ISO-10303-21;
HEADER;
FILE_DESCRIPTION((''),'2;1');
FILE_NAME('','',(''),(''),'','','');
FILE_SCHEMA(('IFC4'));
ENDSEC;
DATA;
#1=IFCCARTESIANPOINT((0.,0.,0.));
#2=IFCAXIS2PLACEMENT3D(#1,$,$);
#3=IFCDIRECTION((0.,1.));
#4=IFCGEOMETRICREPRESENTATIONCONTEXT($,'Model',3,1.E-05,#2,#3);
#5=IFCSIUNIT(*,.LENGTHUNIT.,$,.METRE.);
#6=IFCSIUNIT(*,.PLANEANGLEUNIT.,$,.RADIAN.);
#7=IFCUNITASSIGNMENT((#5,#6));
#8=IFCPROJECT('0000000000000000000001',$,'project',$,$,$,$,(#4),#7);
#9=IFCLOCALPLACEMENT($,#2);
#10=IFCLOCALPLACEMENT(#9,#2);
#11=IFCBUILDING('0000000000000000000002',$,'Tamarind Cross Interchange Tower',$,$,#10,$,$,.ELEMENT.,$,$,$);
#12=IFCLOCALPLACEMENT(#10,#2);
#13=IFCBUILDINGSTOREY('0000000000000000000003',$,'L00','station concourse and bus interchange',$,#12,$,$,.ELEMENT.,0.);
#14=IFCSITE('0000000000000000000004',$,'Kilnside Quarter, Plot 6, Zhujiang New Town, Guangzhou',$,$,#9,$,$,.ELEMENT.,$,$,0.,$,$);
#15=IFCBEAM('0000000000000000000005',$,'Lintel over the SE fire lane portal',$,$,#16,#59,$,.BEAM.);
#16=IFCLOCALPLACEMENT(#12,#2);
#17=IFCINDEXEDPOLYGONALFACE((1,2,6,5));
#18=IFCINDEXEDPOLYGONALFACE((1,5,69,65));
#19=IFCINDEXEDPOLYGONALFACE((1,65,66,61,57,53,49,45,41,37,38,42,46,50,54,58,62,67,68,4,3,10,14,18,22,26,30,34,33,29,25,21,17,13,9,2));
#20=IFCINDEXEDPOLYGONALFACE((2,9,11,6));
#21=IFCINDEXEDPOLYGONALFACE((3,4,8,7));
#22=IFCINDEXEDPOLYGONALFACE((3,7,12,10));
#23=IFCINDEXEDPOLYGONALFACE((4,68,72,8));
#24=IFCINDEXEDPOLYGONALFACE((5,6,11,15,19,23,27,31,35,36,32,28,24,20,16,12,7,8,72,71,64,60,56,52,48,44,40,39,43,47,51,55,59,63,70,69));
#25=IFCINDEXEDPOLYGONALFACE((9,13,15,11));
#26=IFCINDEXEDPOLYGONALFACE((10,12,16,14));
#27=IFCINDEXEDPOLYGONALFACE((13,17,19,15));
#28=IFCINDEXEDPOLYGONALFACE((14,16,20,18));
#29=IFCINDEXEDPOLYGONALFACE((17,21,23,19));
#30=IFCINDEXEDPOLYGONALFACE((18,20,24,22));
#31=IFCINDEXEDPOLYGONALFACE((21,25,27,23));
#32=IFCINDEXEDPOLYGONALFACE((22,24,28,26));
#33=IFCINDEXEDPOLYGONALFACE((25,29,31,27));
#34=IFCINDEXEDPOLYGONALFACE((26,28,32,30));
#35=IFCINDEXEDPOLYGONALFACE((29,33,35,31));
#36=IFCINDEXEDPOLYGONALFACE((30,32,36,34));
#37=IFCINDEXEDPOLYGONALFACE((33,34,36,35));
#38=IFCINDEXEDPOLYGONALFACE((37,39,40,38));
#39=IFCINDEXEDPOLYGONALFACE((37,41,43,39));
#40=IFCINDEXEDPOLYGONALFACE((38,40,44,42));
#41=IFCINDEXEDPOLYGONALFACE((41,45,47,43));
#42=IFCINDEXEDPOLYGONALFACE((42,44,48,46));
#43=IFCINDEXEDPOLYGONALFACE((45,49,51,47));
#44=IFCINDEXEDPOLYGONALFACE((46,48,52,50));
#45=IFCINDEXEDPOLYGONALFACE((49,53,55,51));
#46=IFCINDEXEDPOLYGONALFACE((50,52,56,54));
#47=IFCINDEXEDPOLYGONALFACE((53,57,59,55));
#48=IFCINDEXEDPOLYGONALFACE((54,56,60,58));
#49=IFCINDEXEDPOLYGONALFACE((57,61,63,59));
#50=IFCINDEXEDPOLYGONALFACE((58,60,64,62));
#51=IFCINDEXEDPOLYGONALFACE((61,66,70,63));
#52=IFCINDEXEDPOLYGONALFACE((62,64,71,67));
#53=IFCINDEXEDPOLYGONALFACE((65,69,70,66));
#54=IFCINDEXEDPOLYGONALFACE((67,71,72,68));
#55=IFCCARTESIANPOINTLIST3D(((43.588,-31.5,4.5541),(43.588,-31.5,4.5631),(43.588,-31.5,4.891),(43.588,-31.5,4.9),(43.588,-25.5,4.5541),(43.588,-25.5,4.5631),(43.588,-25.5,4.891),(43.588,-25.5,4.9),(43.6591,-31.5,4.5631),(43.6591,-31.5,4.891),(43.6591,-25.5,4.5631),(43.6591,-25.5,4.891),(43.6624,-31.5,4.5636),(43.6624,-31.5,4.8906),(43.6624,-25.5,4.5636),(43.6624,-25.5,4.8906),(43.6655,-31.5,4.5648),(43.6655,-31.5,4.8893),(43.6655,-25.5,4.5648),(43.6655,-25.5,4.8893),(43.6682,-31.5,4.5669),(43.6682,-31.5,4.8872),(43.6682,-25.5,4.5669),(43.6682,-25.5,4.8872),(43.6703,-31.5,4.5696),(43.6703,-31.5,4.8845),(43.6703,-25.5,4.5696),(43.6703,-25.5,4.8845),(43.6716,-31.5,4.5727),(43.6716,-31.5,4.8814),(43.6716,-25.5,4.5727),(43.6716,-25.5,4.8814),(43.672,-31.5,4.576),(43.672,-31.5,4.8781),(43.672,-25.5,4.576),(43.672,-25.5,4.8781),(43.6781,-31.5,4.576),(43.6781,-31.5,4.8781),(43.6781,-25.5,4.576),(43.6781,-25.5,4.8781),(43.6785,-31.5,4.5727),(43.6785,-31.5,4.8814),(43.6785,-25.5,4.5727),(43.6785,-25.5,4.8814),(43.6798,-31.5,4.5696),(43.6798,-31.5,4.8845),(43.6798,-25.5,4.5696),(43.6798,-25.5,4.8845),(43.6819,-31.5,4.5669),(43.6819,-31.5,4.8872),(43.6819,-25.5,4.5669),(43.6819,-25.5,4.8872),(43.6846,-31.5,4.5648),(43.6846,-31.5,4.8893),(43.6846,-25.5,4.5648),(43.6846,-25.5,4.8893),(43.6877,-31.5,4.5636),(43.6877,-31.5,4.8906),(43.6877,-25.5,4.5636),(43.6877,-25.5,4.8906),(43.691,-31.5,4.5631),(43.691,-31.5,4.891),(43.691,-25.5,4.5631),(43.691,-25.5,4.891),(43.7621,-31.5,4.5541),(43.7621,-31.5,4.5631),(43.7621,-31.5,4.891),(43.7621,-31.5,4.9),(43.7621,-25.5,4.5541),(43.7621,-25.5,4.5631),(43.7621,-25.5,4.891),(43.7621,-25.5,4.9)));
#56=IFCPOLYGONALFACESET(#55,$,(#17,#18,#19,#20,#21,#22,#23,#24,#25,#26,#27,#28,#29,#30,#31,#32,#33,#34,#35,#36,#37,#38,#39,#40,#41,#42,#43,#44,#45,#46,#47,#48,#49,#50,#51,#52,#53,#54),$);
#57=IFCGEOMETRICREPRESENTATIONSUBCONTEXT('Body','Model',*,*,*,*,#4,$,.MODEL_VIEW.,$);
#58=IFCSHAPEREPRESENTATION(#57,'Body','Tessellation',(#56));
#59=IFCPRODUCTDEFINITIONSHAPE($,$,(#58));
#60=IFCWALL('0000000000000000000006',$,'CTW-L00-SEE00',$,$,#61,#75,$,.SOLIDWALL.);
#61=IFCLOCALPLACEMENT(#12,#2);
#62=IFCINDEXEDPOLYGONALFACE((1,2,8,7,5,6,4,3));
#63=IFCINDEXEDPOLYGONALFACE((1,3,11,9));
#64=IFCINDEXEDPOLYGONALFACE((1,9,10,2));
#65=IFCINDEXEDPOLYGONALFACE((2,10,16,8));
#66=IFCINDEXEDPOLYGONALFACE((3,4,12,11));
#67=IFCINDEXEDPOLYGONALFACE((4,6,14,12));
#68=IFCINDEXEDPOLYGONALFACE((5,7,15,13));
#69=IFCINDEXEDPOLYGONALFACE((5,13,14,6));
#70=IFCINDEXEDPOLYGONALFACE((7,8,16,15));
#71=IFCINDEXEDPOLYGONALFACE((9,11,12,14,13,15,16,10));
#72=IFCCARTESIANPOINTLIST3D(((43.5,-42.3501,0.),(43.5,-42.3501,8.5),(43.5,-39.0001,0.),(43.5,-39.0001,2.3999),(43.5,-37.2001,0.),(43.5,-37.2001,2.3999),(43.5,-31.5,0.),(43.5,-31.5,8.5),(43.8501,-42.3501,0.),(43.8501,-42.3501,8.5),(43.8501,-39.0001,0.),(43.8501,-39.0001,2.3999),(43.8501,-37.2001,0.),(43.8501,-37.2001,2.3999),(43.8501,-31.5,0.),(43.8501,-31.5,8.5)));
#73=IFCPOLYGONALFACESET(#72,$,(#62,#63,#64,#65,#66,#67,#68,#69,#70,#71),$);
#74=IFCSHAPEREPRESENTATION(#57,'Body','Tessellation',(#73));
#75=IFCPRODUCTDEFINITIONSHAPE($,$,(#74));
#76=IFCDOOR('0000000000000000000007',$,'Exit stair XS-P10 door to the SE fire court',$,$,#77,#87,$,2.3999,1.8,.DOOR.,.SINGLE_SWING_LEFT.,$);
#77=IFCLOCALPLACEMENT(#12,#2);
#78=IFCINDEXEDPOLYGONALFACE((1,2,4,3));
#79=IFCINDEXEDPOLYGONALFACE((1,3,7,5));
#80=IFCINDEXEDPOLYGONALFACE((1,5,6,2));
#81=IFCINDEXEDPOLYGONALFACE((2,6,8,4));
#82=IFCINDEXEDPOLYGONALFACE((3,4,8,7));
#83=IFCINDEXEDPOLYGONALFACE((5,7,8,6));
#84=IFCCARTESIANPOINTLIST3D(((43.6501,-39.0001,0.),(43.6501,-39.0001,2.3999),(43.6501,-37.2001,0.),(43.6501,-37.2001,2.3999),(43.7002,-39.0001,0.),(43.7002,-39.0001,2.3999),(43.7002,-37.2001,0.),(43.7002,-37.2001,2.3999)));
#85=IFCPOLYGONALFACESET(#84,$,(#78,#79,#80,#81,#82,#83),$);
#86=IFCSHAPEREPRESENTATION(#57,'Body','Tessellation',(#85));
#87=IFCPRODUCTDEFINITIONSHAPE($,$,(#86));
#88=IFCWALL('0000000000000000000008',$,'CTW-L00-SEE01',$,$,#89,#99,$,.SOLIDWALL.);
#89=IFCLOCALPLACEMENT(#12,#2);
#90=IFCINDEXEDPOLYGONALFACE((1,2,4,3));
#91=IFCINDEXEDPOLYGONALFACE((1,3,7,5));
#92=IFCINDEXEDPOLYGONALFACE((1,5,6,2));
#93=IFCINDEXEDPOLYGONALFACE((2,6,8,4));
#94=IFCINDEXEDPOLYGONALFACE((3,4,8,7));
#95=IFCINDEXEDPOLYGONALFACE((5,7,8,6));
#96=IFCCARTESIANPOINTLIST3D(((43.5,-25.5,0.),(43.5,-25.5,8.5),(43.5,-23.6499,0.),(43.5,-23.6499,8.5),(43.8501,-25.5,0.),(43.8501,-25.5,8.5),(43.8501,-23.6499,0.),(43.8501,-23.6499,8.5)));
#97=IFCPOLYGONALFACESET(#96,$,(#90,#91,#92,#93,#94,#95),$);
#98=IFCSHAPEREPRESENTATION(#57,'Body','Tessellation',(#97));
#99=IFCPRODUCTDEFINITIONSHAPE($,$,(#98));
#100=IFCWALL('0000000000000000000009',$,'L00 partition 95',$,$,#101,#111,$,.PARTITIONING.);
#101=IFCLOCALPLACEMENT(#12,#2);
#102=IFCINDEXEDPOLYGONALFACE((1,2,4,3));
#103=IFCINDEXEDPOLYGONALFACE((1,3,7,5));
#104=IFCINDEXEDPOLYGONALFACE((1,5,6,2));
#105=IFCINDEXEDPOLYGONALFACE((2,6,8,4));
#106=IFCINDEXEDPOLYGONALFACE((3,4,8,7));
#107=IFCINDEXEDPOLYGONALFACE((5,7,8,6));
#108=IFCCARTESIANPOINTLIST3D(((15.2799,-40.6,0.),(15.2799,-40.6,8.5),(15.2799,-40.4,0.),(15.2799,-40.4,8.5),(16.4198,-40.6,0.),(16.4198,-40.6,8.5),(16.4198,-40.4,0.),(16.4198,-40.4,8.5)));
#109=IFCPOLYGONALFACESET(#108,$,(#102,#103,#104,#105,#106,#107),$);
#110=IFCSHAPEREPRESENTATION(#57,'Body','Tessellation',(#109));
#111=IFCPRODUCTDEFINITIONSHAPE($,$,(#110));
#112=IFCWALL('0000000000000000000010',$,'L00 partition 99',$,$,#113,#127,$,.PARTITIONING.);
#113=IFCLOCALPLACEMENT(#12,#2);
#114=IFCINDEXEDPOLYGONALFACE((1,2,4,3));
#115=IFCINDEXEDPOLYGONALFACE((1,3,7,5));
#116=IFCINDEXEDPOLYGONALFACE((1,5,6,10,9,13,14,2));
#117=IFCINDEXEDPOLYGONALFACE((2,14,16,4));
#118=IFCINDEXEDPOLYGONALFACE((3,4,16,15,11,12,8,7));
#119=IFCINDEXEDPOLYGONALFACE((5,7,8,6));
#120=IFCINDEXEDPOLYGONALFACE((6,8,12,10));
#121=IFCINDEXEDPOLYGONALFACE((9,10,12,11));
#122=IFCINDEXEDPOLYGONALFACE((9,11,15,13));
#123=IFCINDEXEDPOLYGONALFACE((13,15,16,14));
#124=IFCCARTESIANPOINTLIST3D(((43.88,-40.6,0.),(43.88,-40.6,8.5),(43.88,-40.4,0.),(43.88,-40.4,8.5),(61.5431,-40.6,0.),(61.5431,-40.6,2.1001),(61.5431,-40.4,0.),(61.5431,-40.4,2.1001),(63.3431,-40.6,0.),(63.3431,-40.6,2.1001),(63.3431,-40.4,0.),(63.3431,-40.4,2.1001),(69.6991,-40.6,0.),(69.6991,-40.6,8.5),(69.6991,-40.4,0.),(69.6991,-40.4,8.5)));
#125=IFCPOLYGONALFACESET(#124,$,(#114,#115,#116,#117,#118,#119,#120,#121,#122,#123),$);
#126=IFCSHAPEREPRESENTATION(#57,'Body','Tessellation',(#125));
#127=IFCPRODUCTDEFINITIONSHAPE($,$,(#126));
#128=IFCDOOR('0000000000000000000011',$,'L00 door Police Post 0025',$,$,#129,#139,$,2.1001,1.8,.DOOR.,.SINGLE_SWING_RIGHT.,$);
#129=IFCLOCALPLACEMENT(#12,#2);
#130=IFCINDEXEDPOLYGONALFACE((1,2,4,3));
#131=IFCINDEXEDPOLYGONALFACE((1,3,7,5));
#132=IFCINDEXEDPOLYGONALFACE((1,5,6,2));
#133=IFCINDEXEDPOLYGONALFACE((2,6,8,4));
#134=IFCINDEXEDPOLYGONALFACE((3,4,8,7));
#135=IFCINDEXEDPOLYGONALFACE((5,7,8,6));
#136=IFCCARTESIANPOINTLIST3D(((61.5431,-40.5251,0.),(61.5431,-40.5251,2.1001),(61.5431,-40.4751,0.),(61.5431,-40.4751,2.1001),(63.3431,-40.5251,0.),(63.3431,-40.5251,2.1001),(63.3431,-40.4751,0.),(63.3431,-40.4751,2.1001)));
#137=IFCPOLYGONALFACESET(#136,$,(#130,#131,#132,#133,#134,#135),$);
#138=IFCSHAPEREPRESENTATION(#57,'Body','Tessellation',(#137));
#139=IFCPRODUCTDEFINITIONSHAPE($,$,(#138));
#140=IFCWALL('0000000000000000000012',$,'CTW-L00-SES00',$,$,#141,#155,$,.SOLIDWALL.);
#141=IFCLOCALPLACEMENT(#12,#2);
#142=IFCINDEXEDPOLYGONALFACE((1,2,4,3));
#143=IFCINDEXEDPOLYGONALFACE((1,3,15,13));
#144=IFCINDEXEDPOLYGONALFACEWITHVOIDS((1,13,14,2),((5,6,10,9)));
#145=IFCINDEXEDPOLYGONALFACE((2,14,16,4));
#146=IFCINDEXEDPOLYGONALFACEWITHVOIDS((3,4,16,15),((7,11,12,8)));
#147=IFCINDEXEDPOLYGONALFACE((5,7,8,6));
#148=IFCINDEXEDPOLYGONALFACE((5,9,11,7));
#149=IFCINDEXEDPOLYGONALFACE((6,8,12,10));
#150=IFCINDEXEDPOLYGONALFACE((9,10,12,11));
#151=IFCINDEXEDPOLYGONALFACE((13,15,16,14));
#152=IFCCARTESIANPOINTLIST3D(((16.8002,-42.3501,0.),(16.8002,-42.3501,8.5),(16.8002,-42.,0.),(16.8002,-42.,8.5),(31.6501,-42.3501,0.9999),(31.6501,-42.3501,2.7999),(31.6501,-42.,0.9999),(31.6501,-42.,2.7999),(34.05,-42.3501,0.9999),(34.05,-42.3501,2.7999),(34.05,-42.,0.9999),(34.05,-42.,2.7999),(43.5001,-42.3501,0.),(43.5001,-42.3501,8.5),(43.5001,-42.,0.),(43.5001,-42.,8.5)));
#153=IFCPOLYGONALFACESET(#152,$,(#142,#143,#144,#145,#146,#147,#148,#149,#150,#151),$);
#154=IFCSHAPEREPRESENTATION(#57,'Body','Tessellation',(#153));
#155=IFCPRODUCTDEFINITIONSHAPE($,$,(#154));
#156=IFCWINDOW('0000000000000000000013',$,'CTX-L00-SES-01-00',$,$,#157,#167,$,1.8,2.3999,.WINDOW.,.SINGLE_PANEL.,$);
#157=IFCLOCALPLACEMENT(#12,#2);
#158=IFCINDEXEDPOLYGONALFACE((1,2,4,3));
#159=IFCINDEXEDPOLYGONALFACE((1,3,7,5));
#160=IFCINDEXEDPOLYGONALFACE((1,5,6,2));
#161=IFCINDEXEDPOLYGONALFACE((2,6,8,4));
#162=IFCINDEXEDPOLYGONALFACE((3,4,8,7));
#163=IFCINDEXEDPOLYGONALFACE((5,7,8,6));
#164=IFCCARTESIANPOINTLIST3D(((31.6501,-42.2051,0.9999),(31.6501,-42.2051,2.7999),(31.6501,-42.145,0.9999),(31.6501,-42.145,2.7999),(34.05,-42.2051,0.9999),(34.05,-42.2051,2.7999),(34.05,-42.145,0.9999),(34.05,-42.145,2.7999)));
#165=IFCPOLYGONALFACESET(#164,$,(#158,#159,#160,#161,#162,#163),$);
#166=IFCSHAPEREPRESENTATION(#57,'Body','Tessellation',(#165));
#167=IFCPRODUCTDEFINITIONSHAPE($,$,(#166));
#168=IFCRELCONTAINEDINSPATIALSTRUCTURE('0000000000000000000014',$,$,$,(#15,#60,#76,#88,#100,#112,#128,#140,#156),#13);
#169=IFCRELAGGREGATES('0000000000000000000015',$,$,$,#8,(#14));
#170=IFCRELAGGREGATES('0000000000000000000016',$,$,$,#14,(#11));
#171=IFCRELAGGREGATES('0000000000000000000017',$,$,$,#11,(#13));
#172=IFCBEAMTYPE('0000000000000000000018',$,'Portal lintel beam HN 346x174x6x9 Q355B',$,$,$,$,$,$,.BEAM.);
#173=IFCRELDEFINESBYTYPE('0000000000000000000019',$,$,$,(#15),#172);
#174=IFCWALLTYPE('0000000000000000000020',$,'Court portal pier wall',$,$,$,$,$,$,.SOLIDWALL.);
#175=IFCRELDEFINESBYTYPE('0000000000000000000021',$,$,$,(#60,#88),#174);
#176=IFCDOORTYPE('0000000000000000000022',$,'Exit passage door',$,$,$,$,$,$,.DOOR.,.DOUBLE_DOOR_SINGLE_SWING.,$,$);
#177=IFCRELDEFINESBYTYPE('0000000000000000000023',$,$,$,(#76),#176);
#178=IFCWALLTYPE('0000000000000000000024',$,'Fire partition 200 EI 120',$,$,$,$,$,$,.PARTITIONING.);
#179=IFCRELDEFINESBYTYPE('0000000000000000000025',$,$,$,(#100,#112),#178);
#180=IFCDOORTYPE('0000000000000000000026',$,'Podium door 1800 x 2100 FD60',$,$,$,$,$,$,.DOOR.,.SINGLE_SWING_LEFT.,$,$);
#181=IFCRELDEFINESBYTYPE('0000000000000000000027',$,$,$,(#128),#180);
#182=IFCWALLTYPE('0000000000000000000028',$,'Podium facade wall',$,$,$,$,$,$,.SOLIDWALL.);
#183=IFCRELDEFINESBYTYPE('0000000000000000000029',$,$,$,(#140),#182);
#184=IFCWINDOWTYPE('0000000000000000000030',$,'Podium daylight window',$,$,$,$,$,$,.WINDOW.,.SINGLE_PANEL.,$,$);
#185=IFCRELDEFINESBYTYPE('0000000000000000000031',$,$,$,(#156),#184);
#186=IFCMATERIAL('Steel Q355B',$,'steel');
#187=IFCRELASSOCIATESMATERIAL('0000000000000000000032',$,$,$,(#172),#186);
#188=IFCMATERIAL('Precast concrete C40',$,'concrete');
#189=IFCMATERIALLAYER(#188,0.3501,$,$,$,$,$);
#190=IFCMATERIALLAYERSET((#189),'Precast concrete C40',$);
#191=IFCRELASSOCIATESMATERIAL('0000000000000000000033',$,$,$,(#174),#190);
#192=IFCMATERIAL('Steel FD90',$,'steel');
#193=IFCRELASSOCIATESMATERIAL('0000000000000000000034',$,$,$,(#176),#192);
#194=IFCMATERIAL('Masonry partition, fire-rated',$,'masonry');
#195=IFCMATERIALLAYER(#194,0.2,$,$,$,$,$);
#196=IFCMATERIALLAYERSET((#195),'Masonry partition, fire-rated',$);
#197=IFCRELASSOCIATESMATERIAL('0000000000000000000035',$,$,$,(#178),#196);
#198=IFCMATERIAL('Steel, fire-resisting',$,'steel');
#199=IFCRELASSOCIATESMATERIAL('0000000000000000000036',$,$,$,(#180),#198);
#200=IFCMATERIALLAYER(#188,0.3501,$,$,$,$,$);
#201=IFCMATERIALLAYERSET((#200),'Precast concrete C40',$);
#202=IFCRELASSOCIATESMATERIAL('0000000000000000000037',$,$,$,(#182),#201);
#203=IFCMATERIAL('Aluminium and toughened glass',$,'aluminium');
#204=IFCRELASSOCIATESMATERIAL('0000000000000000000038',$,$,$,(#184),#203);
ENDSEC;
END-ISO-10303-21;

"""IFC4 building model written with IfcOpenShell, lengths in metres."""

from ifc_helpers import new_model, si_unit, direction, frame, frame_2d, origin, origin_2d, place, context, subcontext, project, spatial, rectangle, i_section, extrude, material, layer, layer_set, material_profile, profile_set, type_object, element, fill, save


model = new_model("IFC4")

# Units and contexts
model_context = context("Model", 3, precision=1e-05, world=origin(), true_north=direction((0.0, 1.0)))
body_context = subcontext(model_context, "Body", "Model", "MODEL_VIEW")
ifc_project = project(units=[si_unit("LENGTHUNIT", "METRE"), si_unit("PLANEANGLEUNIT", "RADIAN")], contexts=[model_context])

# Site, building, storey
site_placement = place(None, origin())
site = spatial("IfcSite", under=ifc_project, at=site_placement, Name="Kilnside Quarter, Plot 6, Zhujiang New Town, Guangzhou", CompositionType="ELEMENT", RefElevation=0.0)
building_placement = place(site_placement, origin())
building = spatial("IfcBuilding", under=site, at=building_placement, Name="Tamarind Cross Interchange Tower", CompositionType="ELEMENT")
storey_placement = place(building_placement, origin())
storey = spatial("IfcBuildingStorey", under=building, at=storey_placement, Name="L00", Description="station concourse and bus interchange", CompositionType="ELEMENT", Elevation=0.0)

# Beam
ifc_material_1 = material(Name="Steel Q355B", Category="steel")
ifc_material_profile = material_profile(ifc_material_1, i_section(OverallWidth=0.1741, OverallDepth=0.3459, WebThickness=0.0061, FlangeThickness=0.009, FilletRadius=0.0129, at=origin_2d()), Name="HN 346x174x6x9")
ifc_profile_set = profile_set([ifc_material_profile], Name="Steel Q355B")
beam_type = type_object("IfcBeamType", Name="Portal lintel beam HN 346x174x6x9 Q355B", PredefinedType="BEAM", material=ifc_profile_set)
beam_placement = place(storey_placement, frame((43.675, -31.5, 4.7271), z_axis=(0.0, 1.0, 0.0), x_axis=(-1.0, 0.0, 0.0)))
element("IfcBeam", 1, at=beam_placement, inside=storey, type_object=beam_type, Name="Lintel over the SE fire lane portal", PredefinedType="BEAM", context=body_context, shape_type="SweptSolid", body=[
    extrude(i_section(OverallWidth=0.1741, OverallDepth=0.3459, WebThickness=0.0061, FlangeThickness=0.009, FilletRadius=0.0129, at=origin_2d()), origin(), (0.0, 0.0, 1.0), 6.0),
])

# Wall, opening, door
ifc_material_2 = material(Name="Precast concrete C40", Category="concrete")
ifc_layer_1 = layer(ifc_material_2, 0.3501)
ifc_layer_set_1 = layer_set([ifc_layer_1], Name="Precast concrete C40")
wall_type_1 = type_object("IfcWallType", Name="Court portal pier wall", PredefinedType="SOLIDWALL", material=ifc_layer_set_1)
wall_1_placement = place(storey_placement, frame((43.675, -42.3501, 0.0), z_axis=(0.0, 0.0, 1.0), x_axis=(0.0, 1.0, 0.0)))
wall_1 = element("IfcWall", 2, at=wall_1_placement, inside=storey, type_object=wall_type_1, Name="CTW-L00-SEE00", PredefinedType="SOLIDWALL", context=body_context, shape_type="SweptSolid", body=[
    extrude(rectangle(XDim=10.8501, YDim=0.3501, at=frame_2d((5.425, 0.0))), origin(), (0.0, 0.0, 1.0), 8.5),
])
opening_1_placement = place(wall_1_placement, frame((3.3501, 0.0, 0.0)))
opening_1 = element("IfcOpeningElement", 3, at=opening_1_placement, cuts=wall_1, PredefinedType="OPENING", context=body_context, shape_type="SweptSolid", body=[
    extrude(rectangle(XDim=1.8, YDim=2.3999, at=frame_2d((0.8999, 1.2))), frame((0.0, 0.1851, 0.0), z_axis=(0.0, -1.0, 0.0), x_axis=(1.0, 0.0, 0.0)), (0.0, 0.0, 1.0), 0.3701),
])
ifc_material_3 = material(Name="Steel FD90", Category="steel")
door_type_1 = type_object("IfcDoorType", Name="Exit passage door", OperationType="DOUBLE_DOOR_SINGLE_SWING", PredefinedType="DOOR", material=ifc_material_3)
door_1_placement = place(opening_1_placement, origin())
door_1 = element("IfcDoor", 4, at=door_1_placement, inside=storey, type_object=door_type_1, Name="Exit stair XS-P10 door to the SE fire court", OperationType="SINGLE_SWING_LEFT", OverallHeight=2.3999, OverallWidth=1.8, PredefinedType="DOOR", context=body_context, shape_type="SweptSolid", body=[
    extrude(rectangle(XDim=1.8, YDim=2.3999, at=frame_2d((0.8999, 1.2))), frame((0.0, 0.0249, 0.0), z_axis=(0.0, -1.0, 0.0), x_axis=(1.0, 0.0, 0.0)), (0.0, 0.0, 1.0), 0.05),
])
fill(opening_1, door_1)

# Walls
wall_2_placement = place(storey_placement, frame((43.675, -25.5, 0.0), z_axis=(0.0, 0.0, 1.0), x_axis=(0.0, 1.0, 0.0)))
element("IfcWall", 5, at=wall_2_placement, inside=storey, type_object=wall_type_1, Name="CTW-L00-SEE01", PredefinedType="SOLIDWALL", context=body_context, shape_type="SweptSolid", body=[
    extrude(rectangle(XDim=1.8501, YDim=0.3501, at=frame_2d((0.925, 0.0))), origin(), (0.0, 0.0, 1.0), 8.5),
])
ifc_material_4 = material(Name="Masonry partition, fire-rated", Category="masonry")
ifc_layer_2 = layer(ifc_material_4, 0.2)
ifc_layer_set_2 = layer_set([ifc_layer_2], Name="Masonry partition, fire-rated")
wall_type_2 = type_object("IfcWallType", Name="Fire partition 200 EI 120", PredefinedType="PARTITIONING", material=ifc_layer_set_2)
wall_3_placement = place(storey_placement, frame((15.28, -40.5, 0.0), z_axis=(0.0, 0.0, 1.0), x_axis=(1.0, 0.0, 0.0)))
element("IfcWall", 6, at=wall_3_placement, inside=storey, type_object=wall_type_2, Name="L00 partition 95", PredefinedType="PARTITIONING", context=body_context, shape_type="SweptSolid", body=[
    extrude(rectangle(XDim=1.1399, YDim=0.2, at=frame_2d((0.5698, 0.0))), origin(), (0.0, 0.0, 1.0), 8.5),
])

# Wall, opening, door
wall_4_placement = place(storey_placement, frame((43.8799, -40.5, 0.0), z_axis=(0.0, 0.0, 1.0), x_axis=(1.0, 0.0, 0.0)))
wall_4 = element("IfcWall", 7, at=wall_4_placement, inside=storey, type_object=wall_type_2, Name="L00 partition 99", PredefinedType="PARTITIONING", context=body_context, shape_type="SweptSolid", body=[
    extrude(rectangle(XDim=25.8191, YDim=0.2, at=frame_2d((12.9097, 0.0))), origin(), (0.0, 0.0, 1.0), 8.5),
])
opening_2_placement = place(wall_4_placement, frame((17.6633, 0.0, 0.0)))
opening_2 = element("IfcOpeningElement", 8, at=opening_2_placement, cuts=wall_4, PredefinedType="OPENING", context=body_context, shape_type="SweptSolid", body=[
    extrude(rectangle(XDim=1.8, YDim=2.1001, at=frame_2d((0.8999, 1.05))), frame((0.0, 0.1099, 0.0), z_axis=(0.0, -1.0, 0.0), x_axis=(1.0, 0.0, 0.0)), (0.0, 0.0, 1.0), 0.22),
])
ifc_material_5 = material(Name="Steel, fire-resisting", Category="steel")
door_type_2 = type_object("IfcDoorType", Name="Podium door 1800 x 2100 FD60", OperationType="SINGLE_SWING_LEFT", PredefinedType="DOOR", material=ifc_material_5)
door_2_placement = place(opening_2_placement, origin())
door_2 = element("IfcDoor", 9, at=door_2_placement, inside=storey, type_object=door_type_2, Name="L00 door Police Post 0025", OperationType="SINGLE_SWING_RIGHT", OverallHeight=2.1001, OverallWidth=1.8, PredefinedType="DOOR", context=body_context, shape_type="SweptSolid", body=[
    extrude(rectangle(XDim=1.8, YDim=2.1001, at=frame_2d((0.8999, 1.05))), frame((0.0, 0.0249, 0.0), z_axis=(0.0, -1.0, 0.0), x_axis=(1.0, 0.0, 0.0)), (0.0, 0.0, 1.0), 0.05),
])
fill(opening_2, door_2)

# Wall, opening, window
ifc_layer_3 = layer(ifc_material_2, 0.3501)
ifc_layer_set_3 = layer_set([ifc_layer_3], Name="Precast concrete C40")
wall_type_3 = type_object("IfcWallType", Name="Podium facade wall", PredefinedType="SOLIDWALL", material=ifc_layer_set_3)
wall_5_placement = place(storey_placement, frame((16.8, -42.175, 0.0), z_axis=(0.0, 0.0, 1.0), x_axis=(1.0, 0.0, 0.0)))
wall_5 = element("IfcWall", 10, at=wall_5_placement, inside=storey, type_object=wall_type_3, Name="CTW-L00-SES00", PredefinedType="SOLIDWALL", context=body_context, shape_type="SweptSolid", body=[
    extrude(rectangle(XDim=26.7, YDim=0.3501, at=frame_2d((13.3501, 0.0))), origin(), (0.0, 0.0, 1.0), 8.5),
])
opening_3_placement = place(wall_5_placement, frame((14.8501, 0.0, 1.0)))
opening_3 = element("IfcOpeningElement", 11, at=opening_3_placement, cuts=wall_5, PredefinedType="OPENING", context=body_context, shape_type="SweptSolid", body=[
    extrude(rectangle(XDim=2.3999, YDim=1.8, at=frame_2d((1.2, 0.8999))), frame((0.0, 0.1851, 0.0), z_axis=(0.0, -1.0, 0.0), x_axis=(1.0, 0.0, 0.0)), (0.0, 0.0, 1.0), 0.3701),
])
ifc_material_6 = material(Name="Aluminium and toughened glass", Category="aluminium")
window_type = type_object("IfcWindowType", Name="Podium daylight window", PartitioningType="SINGLE_PANEL", PredefinedType="WINDOW", material=ifc_material_6)
window_1_placement = place(opening_3_placement, origin())
window_1 = element("IfcWindow", 12, at=window_1_placement, inside=storey, type_object=window_type, Name="CTX-L00-SES-01-00", OverallHeight=1.8, OverallWidth=2.3999, PartitioningType="SINGLE_PANEL", PredefinedType="WINDOW", context=body_context, shape_type="SweptSolid", body=[
    extrude(rectangle(XDim=2.3999, YDim=1.8, at=frame_2d((1.2, 0.8999))), frame((0.0, 0.03, 0.0), z_axis=(0.0, -1.0, 0.0), x_axis=(1.0, 0.0, 0.0)), (0.0, 0.0, 1.0), 0.0601),
])
fill(opening_3, window_1)

save(model, "model.ifc")
